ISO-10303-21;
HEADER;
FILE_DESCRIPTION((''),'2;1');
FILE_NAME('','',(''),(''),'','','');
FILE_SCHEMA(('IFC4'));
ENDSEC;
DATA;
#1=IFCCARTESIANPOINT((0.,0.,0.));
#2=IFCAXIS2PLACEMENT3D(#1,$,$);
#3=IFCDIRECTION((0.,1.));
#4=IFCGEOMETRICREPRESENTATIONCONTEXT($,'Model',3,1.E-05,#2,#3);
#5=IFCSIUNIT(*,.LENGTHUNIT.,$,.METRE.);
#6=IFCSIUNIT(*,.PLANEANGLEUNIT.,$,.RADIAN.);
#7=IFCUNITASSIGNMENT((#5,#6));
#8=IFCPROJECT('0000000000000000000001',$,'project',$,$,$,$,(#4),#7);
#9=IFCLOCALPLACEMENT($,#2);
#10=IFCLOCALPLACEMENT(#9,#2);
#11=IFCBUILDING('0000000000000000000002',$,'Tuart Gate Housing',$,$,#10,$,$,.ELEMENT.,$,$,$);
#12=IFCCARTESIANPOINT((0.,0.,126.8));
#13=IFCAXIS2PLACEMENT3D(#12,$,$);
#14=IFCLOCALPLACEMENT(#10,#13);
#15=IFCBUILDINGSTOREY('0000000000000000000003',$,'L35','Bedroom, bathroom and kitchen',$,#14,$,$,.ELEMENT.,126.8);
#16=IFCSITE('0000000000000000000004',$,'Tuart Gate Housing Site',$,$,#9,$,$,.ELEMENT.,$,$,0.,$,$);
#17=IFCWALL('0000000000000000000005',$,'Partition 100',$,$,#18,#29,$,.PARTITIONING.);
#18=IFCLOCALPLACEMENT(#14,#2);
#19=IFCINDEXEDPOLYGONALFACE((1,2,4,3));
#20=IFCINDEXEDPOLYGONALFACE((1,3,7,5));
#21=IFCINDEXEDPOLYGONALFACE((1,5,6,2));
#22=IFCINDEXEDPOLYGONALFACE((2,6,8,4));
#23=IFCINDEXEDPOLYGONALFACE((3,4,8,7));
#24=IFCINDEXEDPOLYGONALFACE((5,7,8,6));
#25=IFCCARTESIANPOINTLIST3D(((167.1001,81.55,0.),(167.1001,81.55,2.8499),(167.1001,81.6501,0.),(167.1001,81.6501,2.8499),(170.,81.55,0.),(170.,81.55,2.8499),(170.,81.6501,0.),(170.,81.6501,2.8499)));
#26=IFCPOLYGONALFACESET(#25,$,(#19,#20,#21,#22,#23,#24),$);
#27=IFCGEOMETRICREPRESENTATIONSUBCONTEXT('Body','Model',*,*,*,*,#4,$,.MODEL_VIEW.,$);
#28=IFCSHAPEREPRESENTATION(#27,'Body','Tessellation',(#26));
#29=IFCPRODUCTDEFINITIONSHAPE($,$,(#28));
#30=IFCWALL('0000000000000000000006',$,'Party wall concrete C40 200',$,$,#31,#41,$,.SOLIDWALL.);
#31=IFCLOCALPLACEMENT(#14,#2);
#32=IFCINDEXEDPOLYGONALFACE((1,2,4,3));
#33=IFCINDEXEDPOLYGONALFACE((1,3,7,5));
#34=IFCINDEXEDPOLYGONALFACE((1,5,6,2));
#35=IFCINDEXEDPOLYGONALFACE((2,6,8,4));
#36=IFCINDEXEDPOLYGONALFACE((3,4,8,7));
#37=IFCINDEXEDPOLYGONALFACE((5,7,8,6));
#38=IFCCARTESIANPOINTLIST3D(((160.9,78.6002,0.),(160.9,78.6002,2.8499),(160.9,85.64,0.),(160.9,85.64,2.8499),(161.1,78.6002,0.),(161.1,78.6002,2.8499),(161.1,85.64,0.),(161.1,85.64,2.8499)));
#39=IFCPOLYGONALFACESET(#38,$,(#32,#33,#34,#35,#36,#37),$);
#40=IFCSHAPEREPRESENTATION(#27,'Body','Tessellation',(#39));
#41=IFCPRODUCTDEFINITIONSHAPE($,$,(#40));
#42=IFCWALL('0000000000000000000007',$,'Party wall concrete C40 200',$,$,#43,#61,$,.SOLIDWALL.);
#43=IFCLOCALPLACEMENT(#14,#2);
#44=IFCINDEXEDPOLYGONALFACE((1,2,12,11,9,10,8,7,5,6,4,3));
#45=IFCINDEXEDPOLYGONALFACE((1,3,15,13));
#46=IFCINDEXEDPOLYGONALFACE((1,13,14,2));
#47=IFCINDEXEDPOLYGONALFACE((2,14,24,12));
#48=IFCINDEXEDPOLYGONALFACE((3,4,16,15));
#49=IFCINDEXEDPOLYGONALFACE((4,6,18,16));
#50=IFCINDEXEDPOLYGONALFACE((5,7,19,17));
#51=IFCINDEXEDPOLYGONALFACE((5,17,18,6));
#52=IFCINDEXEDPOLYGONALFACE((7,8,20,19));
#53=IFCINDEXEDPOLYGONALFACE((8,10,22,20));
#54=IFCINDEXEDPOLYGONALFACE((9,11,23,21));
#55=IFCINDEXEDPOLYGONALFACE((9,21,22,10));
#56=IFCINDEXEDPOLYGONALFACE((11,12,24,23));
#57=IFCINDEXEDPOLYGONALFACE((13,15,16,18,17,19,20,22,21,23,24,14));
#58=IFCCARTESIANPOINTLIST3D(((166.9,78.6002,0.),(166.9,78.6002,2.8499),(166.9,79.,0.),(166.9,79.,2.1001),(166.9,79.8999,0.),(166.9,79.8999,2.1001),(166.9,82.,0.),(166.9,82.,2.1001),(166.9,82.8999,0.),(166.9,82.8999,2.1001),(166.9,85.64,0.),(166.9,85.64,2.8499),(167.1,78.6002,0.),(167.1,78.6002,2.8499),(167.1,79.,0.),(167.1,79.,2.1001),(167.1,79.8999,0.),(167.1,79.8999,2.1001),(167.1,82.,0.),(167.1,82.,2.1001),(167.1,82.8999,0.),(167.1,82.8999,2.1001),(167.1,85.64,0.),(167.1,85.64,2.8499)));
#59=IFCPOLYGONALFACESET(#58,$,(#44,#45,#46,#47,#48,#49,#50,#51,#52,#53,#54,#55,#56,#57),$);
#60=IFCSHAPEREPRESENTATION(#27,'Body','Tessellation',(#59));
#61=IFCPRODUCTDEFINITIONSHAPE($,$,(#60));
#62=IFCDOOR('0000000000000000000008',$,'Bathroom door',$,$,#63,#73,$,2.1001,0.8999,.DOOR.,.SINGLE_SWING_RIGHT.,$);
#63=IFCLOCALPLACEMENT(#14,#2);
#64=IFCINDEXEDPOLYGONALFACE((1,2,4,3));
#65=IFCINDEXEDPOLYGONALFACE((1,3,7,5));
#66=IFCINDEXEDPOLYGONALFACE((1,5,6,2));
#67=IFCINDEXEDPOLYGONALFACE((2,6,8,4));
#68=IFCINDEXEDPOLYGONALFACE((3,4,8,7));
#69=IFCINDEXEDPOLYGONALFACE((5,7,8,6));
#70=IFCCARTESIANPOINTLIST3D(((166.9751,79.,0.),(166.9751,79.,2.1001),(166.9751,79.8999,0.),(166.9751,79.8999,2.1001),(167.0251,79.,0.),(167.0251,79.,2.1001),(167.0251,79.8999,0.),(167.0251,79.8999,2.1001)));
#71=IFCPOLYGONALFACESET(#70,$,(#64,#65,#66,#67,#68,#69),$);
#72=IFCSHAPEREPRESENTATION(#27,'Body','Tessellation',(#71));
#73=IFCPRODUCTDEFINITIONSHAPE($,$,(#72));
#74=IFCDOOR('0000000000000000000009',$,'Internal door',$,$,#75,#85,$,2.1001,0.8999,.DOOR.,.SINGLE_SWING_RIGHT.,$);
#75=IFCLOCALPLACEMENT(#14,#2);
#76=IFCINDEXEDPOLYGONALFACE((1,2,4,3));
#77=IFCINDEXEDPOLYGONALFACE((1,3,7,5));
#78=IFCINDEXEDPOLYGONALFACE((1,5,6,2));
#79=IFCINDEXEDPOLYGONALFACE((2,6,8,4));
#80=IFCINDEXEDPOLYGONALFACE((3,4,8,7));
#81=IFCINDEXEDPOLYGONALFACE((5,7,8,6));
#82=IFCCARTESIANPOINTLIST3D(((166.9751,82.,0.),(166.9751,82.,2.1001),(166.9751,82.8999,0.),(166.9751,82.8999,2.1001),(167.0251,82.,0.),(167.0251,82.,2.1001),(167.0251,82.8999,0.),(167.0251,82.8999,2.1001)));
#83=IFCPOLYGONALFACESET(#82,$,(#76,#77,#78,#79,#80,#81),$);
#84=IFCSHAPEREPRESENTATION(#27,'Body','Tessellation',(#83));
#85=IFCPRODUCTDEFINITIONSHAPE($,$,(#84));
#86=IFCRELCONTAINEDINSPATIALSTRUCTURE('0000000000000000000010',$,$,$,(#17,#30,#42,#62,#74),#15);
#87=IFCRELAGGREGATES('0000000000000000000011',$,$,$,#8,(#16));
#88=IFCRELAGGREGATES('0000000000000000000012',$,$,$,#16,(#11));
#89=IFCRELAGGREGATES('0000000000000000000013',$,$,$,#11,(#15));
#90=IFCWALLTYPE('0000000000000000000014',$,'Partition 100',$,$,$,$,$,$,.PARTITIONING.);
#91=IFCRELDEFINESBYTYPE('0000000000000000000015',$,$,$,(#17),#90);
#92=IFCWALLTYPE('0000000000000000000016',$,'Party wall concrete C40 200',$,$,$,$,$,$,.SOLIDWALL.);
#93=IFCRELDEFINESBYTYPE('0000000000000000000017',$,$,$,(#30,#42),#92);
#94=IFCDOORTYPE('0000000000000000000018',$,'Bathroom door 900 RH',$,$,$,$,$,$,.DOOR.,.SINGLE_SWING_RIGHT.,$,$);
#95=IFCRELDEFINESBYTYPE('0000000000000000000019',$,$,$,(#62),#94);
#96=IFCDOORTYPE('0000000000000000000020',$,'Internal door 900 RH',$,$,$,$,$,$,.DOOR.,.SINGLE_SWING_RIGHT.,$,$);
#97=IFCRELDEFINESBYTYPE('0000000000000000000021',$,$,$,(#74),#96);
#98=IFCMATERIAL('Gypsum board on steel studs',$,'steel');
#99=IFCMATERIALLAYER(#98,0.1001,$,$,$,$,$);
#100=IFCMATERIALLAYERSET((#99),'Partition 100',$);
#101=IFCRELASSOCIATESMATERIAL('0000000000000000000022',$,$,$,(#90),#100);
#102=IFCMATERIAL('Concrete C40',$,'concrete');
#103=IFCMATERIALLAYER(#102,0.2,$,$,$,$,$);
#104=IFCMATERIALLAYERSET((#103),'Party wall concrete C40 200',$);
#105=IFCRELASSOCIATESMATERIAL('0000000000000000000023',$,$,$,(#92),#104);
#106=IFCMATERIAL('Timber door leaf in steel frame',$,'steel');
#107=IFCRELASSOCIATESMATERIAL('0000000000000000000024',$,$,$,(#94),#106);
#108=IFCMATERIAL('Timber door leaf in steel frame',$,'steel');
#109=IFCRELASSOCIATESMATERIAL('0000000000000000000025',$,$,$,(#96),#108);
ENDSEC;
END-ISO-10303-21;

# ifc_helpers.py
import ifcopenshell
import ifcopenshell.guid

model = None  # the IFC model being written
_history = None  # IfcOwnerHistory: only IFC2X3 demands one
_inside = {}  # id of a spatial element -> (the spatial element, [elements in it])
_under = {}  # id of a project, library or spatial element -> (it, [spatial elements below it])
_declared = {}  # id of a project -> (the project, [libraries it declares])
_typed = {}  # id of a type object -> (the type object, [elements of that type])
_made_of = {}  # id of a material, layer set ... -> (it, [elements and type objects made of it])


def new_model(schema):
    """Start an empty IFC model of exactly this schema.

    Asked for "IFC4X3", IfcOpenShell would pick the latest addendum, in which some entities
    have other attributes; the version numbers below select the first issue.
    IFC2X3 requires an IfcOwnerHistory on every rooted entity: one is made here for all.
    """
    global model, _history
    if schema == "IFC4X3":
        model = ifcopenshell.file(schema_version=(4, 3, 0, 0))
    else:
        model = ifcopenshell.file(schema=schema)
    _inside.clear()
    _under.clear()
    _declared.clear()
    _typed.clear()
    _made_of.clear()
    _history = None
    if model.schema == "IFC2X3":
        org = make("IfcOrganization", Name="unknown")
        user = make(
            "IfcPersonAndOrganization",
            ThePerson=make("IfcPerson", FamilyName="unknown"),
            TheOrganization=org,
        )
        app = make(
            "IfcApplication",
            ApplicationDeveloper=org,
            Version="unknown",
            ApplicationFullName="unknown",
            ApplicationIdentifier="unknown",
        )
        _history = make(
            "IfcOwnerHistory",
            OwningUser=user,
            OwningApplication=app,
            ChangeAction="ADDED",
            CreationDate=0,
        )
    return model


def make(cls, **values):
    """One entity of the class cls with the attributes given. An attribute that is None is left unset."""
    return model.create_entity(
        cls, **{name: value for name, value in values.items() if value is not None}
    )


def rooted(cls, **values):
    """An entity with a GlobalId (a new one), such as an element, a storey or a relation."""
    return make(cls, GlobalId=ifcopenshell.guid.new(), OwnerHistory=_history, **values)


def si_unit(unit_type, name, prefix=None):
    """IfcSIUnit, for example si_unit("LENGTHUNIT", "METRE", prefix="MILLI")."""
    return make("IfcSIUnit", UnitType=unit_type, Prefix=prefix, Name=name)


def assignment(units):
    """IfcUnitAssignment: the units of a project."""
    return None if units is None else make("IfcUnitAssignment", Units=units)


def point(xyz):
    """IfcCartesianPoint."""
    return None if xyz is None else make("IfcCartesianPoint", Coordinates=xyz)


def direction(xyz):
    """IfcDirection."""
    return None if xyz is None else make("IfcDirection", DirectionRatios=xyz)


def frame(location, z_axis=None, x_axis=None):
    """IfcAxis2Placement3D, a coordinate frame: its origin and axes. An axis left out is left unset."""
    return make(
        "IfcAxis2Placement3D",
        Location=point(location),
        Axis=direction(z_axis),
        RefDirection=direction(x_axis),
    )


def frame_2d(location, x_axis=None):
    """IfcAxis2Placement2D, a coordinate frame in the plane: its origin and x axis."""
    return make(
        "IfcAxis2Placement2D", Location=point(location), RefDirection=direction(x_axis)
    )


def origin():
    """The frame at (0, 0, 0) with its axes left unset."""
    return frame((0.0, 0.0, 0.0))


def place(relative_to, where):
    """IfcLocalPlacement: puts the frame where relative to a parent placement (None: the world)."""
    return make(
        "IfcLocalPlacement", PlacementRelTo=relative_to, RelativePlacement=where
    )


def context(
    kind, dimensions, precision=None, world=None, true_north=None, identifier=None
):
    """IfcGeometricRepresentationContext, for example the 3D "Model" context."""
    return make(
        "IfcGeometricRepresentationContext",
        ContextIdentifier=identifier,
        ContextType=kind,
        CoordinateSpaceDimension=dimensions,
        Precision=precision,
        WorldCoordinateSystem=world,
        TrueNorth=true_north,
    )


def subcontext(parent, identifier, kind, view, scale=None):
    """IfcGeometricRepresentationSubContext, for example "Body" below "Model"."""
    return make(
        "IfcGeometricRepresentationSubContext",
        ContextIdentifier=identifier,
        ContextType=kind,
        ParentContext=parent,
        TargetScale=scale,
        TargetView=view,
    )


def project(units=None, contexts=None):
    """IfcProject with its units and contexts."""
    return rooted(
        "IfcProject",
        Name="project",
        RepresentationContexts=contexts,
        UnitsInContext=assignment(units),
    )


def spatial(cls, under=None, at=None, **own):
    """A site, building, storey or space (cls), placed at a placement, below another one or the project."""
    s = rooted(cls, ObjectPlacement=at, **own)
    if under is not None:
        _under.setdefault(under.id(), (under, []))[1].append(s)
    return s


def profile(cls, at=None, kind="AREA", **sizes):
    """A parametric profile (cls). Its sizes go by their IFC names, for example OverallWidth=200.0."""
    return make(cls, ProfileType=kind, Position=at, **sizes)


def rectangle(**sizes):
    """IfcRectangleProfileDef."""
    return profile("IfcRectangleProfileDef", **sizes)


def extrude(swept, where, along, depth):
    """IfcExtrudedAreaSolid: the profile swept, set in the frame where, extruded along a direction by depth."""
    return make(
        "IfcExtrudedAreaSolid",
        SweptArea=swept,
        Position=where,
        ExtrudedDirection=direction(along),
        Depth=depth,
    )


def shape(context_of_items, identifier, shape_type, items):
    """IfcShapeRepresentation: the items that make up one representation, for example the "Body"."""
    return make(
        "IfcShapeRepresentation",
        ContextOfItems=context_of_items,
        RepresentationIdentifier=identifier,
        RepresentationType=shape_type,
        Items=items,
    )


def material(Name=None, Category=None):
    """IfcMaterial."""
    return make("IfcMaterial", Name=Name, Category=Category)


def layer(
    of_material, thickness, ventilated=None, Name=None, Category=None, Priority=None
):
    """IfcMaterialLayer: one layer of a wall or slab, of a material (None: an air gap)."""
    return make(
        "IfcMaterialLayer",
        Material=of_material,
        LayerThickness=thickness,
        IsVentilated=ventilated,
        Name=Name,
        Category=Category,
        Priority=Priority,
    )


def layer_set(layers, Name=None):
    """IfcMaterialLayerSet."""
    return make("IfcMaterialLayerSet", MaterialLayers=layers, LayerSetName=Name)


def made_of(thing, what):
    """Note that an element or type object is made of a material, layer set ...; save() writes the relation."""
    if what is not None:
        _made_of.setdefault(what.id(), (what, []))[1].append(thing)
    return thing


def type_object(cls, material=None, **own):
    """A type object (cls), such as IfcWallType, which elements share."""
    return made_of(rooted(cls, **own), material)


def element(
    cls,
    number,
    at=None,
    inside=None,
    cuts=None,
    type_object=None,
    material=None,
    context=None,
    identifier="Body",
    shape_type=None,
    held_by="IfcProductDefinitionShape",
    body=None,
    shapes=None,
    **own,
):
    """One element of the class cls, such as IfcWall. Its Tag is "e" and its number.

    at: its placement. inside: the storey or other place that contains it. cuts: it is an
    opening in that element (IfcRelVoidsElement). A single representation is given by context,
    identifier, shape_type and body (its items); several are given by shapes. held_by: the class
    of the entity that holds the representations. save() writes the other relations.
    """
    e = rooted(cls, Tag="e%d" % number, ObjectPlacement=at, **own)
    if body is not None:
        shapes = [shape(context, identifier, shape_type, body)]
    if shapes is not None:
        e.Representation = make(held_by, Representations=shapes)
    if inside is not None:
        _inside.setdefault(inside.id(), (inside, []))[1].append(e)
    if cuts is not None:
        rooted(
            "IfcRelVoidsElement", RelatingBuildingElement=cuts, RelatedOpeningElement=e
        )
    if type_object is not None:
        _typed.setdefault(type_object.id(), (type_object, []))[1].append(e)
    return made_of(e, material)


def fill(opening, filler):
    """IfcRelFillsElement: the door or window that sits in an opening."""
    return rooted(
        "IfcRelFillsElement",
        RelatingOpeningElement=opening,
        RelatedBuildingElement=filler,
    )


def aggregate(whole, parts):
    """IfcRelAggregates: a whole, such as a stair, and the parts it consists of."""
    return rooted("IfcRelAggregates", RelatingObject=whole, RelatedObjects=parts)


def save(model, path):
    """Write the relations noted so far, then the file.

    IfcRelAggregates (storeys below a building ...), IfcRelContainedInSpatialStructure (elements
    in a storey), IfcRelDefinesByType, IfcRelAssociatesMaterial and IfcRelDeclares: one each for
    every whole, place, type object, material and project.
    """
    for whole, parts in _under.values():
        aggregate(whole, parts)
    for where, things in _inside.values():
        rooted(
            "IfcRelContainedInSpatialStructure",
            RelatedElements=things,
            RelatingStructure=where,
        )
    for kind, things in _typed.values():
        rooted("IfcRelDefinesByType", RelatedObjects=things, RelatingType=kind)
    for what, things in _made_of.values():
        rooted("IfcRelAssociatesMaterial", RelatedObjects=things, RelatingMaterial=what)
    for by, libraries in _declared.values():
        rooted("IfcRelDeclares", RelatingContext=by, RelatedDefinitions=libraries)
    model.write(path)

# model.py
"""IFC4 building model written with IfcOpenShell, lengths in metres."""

from ifc_helpers import new_model, si_unit, direction, frame, frame_2d, origin, place, context, subcontext, project, spatial, rectangle, extrude, material, layer, layer_set, type_object, element, fill, save


model = new_model("IFC4")

# Units and contexts
model_context = context("Model", 3, precision=1e-05, world=origin(), true_north=direction((0.0, 1.0)))
body_context = subcontext(model_context, "Body", "Model", "MODEL_VIEW")
ifc_project = project(units=[si_unit("LENGTHUNIT", "METRE"), si_unit("PLANEANGLEUNIT", "RADIAN")], contexts=[model_context])

# Site, building, storey
site_placement = place(None, origin())
site = spatial("IfcSite", under=ifc_project, at=site_placement, Name="Tuart Gate Housing Site", CompositionType="ELEMENT", RefElevation=0.0)
building_placement = place(site_placement, origin())
building = spatial("IfcBuilding", under=site, at=building_placement, Name="Tuart Gate Housing", CompositionType="ELEMENT")
storey_placement = place(building_placement, frame((0.0, 0.0, 126.8)))
storey = spatial("IfcBuildingStorey", under=building, at=storey_placement, Name="L35", Description="Bedroom, bathroom and kitchen", CompositionType="ELEMENT", Elevation=126.8)

# Walls
ifc_material_1 = material(Name="Gypsum board on steel studs", Category="steel")
ifc_layer_1 = layer(ifc_material_1, 0.1001)
ifc_layer_set_1 = layer_set([ifc_layer_1], Name="Partition 100")
wall_type_1 = type_object("IfcWallType", Name="Partition 100", PredefinedType="PARTITIONING", material=ifc_layer_set_1)
wall_1_placement = place(storey_placement, frame((167.1001, 81.6001, 0.0), z_axis=(0.0, 0.0, 1.0), x_axis=(1.0, 0.0, 0.0)))
element("IfcWall", 1, at=wall_1_placement, inside=storey, type_object=wall_type_1, Name="Partition 100", PredefinedType="PARTITIONING", context=body_context, shape_type="SweptSolid", body=[
    extrude(rectangle(XDim=2.8999, YDim=0.1001, at=frame_2d((1.45, 0.0))), origin(), (0.0, 0.0, 1.0), 2.8499),
])
ifc_material_2 = material(Name="Concrete C40", Category="concrete")
ifc_layer_2 = layer(ifc_material_2, 0.2)
ifc_layer_set_2 = layer_set([ifc_layer_2], Name="Party wall concrete C40 200")
wall_type_2 = type_object("IfcWallType", Name="Party wall concrete C40 200", PredefinedType="SOLIDWALL", material=ifc_layer_set_2)
wall_2_placement = place(storey_placement, frame((161.0, 78.6001, 0.0), z_axis=(0.0, 0.0, 1.0), x_axis=(0.0, 1.0, 0.0)))
element("IfcWall", 2, at=wall_2_placement, inside=storey, type_object=wall_type_2, Name="Party wall concrete C40 200", PredefinedType="SOLIDWALL", context=body_context, shape_type="SweptSolid", body=[
    extrude(rectangle(XDim=7.0398, YDim=0.2, at=frame_2d((3.52, 0.0))), origin(), (0.0, 0.0, 1.0), 2.8499),
])

# Wall, openings, doors
wall_3_placement = place(storey_placement, frame((167.0, 78.6001, 0.0), z_axis=(0.0, 0.0, 1.0), x_axis=(0.0, 1.0, 0.0)))
wall_3 = element("IfcWall", 3, at=wall_3_placement, inside=storey, type_object=wall_type_2, Name="Party wall concrete C40 200", PredefinedType="SOLIDWALL", context=body_context, shape_type="SweptSolid", body=[
    extrude(rectangle(XDim=7.0398, YDim=0.2, at=frame_2d((3.52, 0.0))), origin(), (0.0, 0.0, 1.0), 2.8499),
])
opening_1_placement = place(wall_3_placement, frame((3.3999, 0.0, 0.0)))
opening_1 = element("IfcOpeningElement", 4, at=opening_1_placement, cuts=wall_3, PredefinedType="OPENING", context=body_context, shape_type="SweptSolid", body=[
    extrude(rectangle(XDim=0.8999, YDim=2.1001, at=frame_2d((0.45, 1.05))), frame((0.0, 0.1099, 0.0), z_axis=(0.0, -1.0, 0.0), x_axis=(1.0, 0.0, 0.0)), (0.0, 0.0, 1.0), 0.22),
])
opening_2_placement = place(wall_3_placement, frame((0.3999, 0.0, 0.0)))
opening_2 = element("IfcOpeningElement", 5, at=opening_2_placement, cuts=wall_3, PredefinedType="OPENING", context=body_context, shape_type="SweptSolid", body=[
    extrude(rectangle(XDim=0.8999, YDim=2.1001, at=frame_2d((0.45, 1.05))), frame((0.0, 0.1099, 0.0), z_axis=(0.0, -1.0, 0.0), x_axis=(1.0, 0.0, 0.0)), (0.0, 0.0, 1.0), 0.22),
])
ifc_material_3 = material(Name="Timber door leaf in steel frame", Category="steel")
door_type_1 = type_object("IfcDoorType", Name="Bathroom door 900 RH", OperationType="SINGLE_SWING_RIGHT", PredefinedType="DOOR", material=ifc_material_3)
door_1_placement = place(opening_2_placement, frame((0.8999, 0.0, 0.0), z_axis=(0.0, 0.0, 1.0), x_axis=(-1.0, 0.0, 0.0)))
door_1 = element("IfcDoor", 6, at=door_1_placement, inside=storey, type_object=door_type_1, Name="Bathroom door", OperationType="SINGLE_SWING_RIGHT", OverallHeight=2.1001, OverallWidth=0.8999, PredefinedType="DOOR", context=body_context, shape_type="SweptSolid", body=[
    extrude(rectangle(XDim=0.8999, YDim=2.1001, at=frame_2d((0.45, 1.05))), frame((0.0, 0.0251, 0.0), z_axis=(0.0, -1.0, 0.0), x_axis=(1.0, 0.0, 0.0)), (0.0, 0.0, 1.0), 0.05),
])
fill(opening_2, door_1)
ifc_material_4 = material(Name="Timber door leaf in steel frame", Category="steel")
door_type_2 = type_object("IfcDoorType", Name="Internal door 900 RH", OperationType="SINGLE_SWING_RIGHT", PredefinedType="DOOR", material=ifc_material_4)
door_2_placement = place(opening_1_placement, frame((0.8999, 0.0, 0.0), z_axis=(0.0, 0.0, 1.0), x_axis=(-1.0, 0.0, 0.0)))
door_2 = element("IfcDoor", 7, at=door_2_placement, inside=storey, type_object=door_type_2, Name="Internal door", OperationType="SINGLE_SWING_RIGHT", OverallHeight=2.1001, OverallWidth=0.8999, PredefinedType="DOOR", context=body_context, shape_type="SweptSolid", body=[
    extrude(rectangle(XDim=0.8999, YDim=2.1001, at=frame_2d((0.45, 1.05))), frame((0.0, 0.0251, 0.0), z_axis=(0.0, -1.0, 0.0), x_axis=(1.0, 0.0, 0.0)), (0.0, 0.0, 1.0), 0.05),
])
fill(opening_1, door_2)

save(model, "model.ifc")
